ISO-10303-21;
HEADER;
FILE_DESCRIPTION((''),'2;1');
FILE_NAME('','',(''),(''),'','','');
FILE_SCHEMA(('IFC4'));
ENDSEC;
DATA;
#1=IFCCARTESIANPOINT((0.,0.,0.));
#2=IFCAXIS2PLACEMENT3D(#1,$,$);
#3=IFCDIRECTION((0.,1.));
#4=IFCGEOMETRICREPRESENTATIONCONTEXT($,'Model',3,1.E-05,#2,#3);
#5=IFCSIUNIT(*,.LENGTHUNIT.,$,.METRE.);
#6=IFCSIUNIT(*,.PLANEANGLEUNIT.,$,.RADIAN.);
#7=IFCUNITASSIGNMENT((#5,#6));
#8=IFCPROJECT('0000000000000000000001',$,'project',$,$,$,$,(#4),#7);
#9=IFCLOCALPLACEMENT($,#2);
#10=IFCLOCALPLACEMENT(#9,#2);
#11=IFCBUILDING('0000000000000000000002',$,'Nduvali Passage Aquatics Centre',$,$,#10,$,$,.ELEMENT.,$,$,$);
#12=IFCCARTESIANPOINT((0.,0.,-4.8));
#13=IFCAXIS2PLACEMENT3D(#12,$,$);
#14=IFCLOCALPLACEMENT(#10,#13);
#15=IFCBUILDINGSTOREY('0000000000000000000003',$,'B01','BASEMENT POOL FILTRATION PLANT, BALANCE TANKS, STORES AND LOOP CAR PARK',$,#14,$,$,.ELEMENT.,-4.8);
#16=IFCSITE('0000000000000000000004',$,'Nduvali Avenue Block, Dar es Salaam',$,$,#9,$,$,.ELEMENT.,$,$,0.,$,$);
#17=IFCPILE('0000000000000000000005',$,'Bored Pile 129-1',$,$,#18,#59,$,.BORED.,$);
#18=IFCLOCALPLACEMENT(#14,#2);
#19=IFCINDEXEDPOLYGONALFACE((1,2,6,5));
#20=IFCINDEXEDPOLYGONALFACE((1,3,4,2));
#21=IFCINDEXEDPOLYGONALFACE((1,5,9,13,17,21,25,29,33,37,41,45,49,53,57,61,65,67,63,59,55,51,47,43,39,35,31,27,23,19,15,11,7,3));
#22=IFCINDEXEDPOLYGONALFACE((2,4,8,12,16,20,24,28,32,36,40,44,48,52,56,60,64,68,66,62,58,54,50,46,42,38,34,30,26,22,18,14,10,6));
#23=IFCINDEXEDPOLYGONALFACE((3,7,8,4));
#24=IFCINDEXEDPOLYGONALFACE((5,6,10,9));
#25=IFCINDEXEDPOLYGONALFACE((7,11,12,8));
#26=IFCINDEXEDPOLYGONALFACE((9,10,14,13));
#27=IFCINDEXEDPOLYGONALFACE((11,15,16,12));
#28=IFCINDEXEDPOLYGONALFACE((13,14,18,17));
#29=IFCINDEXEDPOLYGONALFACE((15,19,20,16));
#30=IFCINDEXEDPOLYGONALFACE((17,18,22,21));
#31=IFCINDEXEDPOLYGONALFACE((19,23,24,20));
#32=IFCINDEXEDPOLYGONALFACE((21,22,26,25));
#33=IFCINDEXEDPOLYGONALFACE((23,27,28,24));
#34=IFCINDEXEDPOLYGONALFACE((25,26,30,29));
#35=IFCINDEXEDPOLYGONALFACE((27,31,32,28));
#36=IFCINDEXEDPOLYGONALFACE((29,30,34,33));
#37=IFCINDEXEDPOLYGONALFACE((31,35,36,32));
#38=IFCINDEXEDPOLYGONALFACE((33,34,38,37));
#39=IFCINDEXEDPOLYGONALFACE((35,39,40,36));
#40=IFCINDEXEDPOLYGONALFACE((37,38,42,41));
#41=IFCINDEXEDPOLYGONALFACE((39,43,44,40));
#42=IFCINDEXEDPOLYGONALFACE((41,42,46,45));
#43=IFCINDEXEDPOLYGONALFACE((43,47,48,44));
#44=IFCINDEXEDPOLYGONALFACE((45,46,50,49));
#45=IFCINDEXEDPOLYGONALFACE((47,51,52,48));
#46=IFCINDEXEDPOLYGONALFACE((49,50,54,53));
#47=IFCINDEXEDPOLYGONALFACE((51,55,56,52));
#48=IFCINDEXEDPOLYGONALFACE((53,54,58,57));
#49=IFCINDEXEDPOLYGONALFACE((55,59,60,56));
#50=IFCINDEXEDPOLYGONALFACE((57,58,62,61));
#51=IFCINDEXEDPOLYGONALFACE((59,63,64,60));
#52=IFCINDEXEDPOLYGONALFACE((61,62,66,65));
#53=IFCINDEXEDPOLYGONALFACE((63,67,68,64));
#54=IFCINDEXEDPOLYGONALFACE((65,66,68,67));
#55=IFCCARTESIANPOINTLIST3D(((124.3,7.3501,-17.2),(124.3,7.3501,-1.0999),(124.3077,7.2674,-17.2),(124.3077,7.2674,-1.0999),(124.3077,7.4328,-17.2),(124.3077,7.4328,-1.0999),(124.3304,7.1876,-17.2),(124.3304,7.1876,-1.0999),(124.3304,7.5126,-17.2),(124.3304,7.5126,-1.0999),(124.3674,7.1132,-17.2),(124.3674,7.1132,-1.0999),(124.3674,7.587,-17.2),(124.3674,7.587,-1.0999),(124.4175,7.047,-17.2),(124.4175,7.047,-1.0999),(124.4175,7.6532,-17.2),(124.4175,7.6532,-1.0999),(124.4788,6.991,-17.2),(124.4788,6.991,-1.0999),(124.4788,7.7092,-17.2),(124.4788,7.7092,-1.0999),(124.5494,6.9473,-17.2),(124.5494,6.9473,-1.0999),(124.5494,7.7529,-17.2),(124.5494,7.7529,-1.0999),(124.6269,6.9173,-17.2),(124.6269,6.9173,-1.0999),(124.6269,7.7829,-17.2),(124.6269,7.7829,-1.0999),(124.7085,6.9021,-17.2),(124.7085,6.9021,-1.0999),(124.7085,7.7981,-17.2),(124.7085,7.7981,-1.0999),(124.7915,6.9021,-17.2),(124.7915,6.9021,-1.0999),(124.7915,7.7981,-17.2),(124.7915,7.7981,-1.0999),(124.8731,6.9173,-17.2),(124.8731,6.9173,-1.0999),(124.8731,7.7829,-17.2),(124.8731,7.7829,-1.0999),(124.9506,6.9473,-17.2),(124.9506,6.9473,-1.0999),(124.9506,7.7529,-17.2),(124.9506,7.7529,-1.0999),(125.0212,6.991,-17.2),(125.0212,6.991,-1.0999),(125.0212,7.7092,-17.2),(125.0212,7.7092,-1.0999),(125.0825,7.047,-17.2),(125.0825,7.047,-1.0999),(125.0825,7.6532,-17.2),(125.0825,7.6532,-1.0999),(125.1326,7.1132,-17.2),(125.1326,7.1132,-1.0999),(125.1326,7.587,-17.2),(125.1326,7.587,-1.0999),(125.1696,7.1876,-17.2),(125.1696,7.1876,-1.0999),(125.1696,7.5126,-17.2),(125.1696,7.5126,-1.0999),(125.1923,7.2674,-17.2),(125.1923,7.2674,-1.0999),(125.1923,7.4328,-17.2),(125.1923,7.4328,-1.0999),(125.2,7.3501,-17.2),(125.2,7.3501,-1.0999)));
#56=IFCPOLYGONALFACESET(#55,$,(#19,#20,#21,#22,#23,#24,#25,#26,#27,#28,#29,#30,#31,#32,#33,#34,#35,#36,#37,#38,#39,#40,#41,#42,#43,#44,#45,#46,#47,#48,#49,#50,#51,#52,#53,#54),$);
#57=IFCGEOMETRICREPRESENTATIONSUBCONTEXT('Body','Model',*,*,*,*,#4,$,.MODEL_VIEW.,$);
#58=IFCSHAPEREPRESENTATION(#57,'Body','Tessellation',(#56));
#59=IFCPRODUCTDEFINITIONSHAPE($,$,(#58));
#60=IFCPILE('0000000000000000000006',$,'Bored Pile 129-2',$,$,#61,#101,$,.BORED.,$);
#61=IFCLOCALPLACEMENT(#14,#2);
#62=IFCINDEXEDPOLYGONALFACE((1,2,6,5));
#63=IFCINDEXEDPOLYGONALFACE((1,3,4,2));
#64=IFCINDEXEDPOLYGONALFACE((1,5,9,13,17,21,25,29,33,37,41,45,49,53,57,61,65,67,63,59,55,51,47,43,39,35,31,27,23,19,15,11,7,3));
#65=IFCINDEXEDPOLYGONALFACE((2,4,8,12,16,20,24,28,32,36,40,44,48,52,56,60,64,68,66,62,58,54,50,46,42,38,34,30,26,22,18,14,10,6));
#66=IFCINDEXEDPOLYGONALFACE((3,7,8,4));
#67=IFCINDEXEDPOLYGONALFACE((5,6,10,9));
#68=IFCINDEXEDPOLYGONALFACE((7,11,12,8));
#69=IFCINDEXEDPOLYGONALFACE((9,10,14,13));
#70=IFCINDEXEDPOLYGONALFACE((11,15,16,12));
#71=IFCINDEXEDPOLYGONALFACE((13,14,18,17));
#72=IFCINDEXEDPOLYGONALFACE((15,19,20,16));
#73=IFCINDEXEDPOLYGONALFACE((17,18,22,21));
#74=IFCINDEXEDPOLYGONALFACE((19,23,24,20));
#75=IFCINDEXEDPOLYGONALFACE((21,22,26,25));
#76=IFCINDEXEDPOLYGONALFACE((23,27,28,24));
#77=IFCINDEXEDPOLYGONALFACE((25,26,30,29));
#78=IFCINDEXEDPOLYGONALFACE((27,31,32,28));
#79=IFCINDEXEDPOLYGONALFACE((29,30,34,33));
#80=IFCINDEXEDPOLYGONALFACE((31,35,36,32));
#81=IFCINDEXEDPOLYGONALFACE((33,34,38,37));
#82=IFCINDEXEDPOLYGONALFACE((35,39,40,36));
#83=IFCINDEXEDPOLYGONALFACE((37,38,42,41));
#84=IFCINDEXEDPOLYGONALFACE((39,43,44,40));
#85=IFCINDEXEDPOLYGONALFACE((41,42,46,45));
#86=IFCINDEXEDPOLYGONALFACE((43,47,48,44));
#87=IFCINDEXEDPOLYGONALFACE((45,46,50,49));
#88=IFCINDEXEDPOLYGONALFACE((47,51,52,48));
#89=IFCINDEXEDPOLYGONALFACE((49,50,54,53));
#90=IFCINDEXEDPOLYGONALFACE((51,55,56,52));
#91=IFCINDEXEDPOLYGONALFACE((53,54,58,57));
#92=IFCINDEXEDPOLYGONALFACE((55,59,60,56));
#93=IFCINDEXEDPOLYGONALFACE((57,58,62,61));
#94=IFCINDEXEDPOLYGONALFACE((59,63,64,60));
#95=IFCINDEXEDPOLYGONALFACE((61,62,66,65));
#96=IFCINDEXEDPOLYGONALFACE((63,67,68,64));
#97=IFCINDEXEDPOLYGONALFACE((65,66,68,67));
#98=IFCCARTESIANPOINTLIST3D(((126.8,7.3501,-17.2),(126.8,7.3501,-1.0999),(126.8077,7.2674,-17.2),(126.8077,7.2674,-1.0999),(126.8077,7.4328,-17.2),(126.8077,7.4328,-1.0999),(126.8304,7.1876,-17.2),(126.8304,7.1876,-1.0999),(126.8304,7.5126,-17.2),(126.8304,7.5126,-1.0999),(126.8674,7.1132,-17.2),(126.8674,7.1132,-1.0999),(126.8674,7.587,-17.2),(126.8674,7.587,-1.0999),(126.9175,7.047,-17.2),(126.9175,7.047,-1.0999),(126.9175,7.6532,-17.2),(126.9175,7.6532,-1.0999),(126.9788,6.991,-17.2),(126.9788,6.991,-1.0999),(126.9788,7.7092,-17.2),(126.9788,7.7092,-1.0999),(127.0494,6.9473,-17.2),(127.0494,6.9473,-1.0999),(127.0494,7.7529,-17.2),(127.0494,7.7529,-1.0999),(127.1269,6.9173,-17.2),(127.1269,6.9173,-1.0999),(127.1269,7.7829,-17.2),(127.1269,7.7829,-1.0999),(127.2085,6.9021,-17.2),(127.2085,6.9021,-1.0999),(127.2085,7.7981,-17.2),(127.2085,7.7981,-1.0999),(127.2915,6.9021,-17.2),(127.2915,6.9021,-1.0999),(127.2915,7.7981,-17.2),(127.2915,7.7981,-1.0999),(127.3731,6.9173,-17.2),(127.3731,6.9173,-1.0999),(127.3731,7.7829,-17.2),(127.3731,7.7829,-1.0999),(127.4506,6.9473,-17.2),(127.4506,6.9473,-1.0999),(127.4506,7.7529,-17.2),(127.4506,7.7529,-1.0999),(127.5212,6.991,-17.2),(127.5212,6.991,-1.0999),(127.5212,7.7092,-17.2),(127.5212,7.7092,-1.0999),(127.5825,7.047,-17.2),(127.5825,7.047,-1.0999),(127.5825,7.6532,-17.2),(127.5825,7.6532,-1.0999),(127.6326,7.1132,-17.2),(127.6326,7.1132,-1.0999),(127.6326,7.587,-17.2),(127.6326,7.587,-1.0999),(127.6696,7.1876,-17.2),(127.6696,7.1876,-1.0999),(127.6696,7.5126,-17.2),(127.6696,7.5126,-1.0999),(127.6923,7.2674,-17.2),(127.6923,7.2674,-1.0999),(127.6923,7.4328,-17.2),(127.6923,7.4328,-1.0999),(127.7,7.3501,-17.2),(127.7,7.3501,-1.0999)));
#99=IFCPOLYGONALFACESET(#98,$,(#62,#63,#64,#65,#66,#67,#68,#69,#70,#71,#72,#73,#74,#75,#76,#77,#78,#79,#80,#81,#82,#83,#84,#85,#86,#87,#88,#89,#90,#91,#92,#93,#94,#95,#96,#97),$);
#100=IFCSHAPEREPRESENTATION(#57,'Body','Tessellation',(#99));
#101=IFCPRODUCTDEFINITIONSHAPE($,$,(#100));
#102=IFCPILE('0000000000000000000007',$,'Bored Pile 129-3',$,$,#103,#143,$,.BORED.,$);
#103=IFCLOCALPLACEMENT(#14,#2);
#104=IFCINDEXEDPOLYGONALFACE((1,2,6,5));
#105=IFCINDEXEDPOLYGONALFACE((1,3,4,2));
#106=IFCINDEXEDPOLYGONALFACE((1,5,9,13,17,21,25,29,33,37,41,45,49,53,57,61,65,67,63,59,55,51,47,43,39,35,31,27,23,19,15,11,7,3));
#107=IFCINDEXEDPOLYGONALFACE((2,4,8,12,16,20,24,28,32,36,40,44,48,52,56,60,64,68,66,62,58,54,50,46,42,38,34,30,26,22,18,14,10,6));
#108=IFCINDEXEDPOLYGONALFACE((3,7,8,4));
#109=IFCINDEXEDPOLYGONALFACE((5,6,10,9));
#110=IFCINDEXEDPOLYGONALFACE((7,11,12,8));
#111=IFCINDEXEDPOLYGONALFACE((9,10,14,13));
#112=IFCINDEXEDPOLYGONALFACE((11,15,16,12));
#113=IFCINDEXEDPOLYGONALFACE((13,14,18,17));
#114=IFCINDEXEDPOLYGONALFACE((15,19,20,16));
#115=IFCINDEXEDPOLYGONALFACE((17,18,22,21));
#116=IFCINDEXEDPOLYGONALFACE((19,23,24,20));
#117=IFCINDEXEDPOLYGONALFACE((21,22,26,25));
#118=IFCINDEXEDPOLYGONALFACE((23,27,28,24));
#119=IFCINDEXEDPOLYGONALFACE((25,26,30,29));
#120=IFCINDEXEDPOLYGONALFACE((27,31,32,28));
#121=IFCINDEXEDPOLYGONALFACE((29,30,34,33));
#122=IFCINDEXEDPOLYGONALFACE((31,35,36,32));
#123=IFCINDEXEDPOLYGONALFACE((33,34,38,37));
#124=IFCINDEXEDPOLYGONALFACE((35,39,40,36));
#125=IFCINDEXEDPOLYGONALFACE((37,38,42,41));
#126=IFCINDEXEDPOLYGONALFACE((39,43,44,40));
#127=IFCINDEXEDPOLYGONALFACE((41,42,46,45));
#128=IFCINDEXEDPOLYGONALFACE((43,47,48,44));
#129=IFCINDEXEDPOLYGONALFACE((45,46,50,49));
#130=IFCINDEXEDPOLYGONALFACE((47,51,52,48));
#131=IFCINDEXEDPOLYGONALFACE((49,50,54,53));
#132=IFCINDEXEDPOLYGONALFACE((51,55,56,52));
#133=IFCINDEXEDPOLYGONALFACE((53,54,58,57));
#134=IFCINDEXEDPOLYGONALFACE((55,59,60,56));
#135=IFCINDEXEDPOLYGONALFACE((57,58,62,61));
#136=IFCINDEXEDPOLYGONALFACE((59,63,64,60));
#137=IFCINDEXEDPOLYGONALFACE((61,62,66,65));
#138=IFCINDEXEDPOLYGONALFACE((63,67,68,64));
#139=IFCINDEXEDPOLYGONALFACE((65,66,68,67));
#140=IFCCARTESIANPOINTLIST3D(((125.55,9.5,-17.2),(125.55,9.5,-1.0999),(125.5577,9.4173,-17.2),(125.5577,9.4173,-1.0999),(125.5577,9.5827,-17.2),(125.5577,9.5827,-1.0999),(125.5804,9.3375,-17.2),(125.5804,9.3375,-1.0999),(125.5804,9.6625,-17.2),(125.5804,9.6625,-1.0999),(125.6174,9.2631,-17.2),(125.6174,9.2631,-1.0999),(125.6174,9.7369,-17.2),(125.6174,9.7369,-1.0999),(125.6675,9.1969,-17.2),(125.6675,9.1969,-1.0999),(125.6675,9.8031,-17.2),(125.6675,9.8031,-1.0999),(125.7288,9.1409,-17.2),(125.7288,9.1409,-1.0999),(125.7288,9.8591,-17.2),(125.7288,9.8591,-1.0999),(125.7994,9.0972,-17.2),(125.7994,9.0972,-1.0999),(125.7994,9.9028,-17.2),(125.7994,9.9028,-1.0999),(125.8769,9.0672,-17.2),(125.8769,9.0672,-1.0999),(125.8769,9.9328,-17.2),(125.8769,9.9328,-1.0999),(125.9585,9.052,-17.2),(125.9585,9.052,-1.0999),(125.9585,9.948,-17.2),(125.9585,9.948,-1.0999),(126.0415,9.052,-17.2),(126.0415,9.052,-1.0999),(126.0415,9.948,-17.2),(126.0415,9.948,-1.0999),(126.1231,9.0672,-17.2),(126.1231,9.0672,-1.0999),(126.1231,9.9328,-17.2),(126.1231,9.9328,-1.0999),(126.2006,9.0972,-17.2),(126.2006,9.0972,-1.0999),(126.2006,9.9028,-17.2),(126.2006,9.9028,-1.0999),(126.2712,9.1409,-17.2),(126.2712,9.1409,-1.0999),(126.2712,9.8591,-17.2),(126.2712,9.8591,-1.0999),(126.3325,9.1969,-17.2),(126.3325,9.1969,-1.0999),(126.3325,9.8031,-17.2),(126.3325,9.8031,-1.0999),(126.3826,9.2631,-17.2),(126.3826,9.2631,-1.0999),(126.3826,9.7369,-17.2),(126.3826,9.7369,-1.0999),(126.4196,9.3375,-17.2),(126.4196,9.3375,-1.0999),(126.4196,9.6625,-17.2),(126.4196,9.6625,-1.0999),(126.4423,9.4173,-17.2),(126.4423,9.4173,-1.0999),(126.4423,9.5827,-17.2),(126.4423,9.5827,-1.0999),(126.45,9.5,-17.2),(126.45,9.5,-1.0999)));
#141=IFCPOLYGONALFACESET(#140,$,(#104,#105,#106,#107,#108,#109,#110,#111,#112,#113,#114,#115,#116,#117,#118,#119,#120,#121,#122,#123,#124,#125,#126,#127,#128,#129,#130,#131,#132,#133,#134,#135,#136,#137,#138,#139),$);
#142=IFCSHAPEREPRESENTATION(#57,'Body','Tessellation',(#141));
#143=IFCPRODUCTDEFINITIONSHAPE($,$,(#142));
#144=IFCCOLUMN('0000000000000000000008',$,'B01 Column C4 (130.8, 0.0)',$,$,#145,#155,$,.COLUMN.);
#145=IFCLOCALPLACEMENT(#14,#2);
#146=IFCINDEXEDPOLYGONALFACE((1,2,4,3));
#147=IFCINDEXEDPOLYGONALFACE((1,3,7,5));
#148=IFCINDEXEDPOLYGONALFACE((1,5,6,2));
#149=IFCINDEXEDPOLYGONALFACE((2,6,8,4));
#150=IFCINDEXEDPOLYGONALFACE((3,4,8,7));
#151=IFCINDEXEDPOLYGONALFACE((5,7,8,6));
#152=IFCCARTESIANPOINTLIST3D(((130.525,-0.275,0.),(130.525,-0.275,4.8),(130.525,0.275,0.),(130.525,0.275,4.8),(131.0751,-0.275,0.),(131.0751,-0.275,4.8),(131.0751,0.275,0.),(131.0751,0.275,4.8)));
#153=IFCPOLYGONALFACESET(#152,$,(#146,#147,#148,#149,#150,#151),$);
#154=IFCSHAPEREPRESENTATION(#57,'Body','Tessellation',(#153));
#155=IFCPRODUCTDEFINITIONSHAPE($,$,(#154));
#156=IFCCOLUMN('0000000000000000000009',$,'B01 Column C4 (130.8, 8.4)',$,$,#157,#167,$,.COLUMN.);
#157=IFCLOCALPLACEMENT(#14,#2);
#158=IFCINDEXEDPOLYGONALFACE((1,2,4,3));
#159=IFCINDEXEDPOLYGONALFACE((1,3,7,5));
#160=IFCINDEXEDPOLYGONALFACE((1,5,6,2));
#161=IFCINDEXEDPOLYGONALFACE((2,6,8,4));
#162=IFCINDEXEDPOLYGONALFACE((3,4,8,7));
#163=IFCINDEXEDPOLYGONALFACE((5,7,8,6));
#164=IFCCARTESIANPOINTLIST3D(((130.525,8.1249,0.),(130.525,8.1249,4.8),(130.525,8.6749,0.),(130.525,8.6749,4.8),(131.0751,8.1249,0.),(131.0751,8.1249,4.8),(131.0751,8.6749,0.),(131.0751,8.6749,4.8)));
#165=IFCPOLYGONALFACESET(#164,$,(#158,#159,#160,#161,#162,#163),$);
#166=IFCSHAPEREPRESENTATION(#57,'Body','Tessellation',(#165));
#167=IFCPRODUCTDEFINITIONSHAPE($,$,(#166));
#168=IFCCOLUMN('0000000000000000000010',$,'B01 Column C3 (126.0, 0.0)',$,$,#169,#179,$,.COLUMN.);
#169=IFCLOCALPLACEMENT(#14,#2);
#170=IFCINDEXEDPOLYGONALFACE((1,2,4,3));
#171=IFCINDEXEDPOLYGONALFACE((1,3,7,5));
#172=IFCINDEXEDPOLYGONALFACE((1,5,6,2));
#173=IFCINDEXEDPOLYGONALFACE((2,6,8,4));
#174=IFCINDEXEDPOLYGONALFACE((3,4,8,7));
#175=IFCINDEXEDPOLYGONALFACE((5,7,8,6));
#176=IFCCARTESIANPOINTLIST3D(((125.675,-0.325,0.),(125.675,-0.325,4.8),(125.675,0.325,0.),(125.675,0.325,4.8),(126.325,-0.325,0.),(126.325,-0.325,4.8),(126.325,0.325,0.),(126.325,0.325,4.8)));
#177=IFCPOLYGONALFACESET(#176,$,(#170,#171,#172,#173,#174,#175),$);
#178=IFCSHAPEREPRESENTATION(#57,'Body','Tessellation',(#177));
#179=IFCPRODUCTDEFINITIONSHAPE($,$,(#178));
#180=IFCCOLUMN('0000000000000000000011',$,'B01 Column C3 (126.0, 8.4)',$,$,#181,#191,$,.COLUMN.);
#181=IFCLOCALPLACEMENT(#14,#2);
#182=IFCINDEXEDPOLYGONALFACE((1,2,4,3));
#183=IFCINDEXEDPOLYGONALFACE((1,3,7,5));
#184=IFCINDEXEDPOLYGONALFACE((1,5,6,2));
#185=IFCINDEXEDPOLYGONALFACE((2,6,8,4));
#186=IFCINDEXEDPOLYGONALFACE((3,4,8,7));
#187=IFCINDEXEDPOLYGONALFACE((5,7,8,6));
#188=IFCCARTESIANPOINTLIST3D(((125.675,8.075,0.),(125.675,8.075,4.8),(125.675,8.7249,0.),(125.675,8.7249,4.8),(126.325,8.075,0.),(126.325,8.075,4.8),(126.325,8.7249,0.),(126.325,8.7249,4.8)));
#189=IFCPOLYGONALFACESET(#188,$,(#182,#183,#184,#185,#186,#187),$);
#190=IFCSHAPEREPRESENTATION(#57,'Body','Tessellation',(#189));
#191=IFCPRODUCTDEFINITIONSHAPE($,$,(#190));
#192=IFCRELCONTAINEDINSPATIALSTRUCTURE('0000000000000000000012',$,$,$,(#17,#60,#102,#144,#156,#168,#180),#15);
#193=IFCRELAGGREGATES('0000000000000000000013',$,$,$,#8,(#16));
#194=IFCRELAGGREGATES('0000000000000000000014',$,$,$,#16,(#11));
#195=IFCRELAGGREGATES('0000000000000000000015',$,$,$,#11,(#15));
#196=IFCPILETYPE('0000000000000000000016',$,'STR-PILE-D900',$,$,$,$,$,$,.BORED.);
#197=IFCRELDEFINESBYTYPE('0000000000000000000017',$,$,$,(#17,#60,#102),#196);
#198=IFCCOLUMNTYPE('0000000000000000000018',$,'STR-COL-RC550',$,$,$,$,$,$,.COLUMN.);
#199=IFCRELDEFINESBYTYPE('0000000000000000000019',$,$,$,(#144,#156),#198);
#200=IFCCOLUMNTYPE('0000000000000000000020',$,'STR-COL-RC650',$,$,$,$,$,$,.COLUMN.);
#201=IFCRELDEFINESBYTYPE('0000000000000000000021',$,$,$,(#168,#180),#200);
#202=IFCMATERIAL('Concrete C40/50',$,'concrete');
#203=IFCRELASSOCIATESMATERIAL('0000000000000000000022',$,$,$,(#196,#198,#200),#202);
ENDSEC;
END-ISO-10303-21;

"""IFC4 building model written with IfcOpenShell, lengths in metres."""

from ifc_helpers import new_model, si_unit, direction, frame, origin, origin_2d, place, context, subcontext, project, spatial, rectangle, circle, extrude, material, material_profile, profile_set, type_object, element, save


model = new_model("IFC4")

# Units and contexts
model_context = context("Model", 3, precision=1e-05, world=origin(), true_north=direction((0.0, 1.0)))
body_context = subcontext(model_context, "Body", "Model", "MODEL_VIEW")
ifc_project = project(units=[si_unit("LENGTHUNIT", "METRE"), si_unit("PLANEANGLEUNIT", "RADIAN")], contexts=[model_context])

# Site, building, storey
site_placement = place(None, origin())
site = spatial("IfcSite", under=ifc_project, at=site_placement, Name="Nduvali Avenue Block, Dar es Salaam", CompositionType="ELEMENT", RefElevation=0.0)
building_placement = place(site_placement, origin())
building = spatial("IfcBuilding", under=site, at=building_placement, Name="Nduvali Passage Aquatics Centre", CompositionType="ELEMENT")
storey_placement = place(building_placement, frame((0.0, 0.0, -4.8)))
storey = spatial("IfcBuildingStorey", under=building, at=storey_placement, Name="B01", Description="BASEMENT POOL FILTRATION PLANT, BALANCE TANKS, STORES AND LOOP CAR PARK", CompositionType="ELEMENT", Elevation=-4.8)

# Shared definitions
ifc_material = material(Name="Concrete C40/50", Category="concrete")

# Piles
ifc_material_profile_1 = material_profile(ifc_material, circle(Radius=0.45, at=origin_2d()), Name="PILE D900")
ifc_profile_set_1 = profile_set([ifc_material_profile_1], Name="Concrete C40/50")
pile_type = type_object("IfcPileType", Name="STR-PILE-D900", PredefinedType="BORED", material=ifc_profile_set_1)
for number, where, z_axis, x_axis, name in (
    (1, (124.75, 7.3501, -1.0999), (0.0, 0.0, -1.0), (1.0, 0.0, 0.0), "Bored Pile 129-1"),
    (2, (127.25, 7.3501, -1.0999), (0.0, 0.0, -1.0), (1.0, 0.0, 0.0), "Bored Pile 129-2"),
    (3, (126.0, 9.5, -1.0999), (0.0, 0.0, -1.0), (1.0, 0.0, 0.0), "Bored Pile 129-3"),
):
    element("IfcPile", number, at=place(storey_placement, frame(where, z_axis=z_axis, x_axis=x_axis)), inside=storey, type_object=pile_type, Name=name, PredefinedType="BORED", context=body_context, shape_type="SweptSolid", body=[
        extrude(circle(Radius=0.45, at=origin_2d()), origin(), (0.0, 0.0, 1.0), 16.1001),
    ])

# Columns
ifc_material_profile_2 = material_profile(ifc_material, rectangle(XDim=0.55, YDim=0.55, at=origin_2d()), Name="RC 550x550")
ifc_profile_set_2 = profile_set([ifc_material_profile_2], Name="Concrete C40/50")
column_type_1 = type_object("IfcColumnType", Name="STR-COL-RC550", PredefinedType="COLUMN", material=ifc_profile_set_2)
for number, where, z_axis, x_axis, name in (
    (4, (130.8, 0.0, 0.0), (0.0, 0.0, 1.0), (1.0, 0.0, 0.0), "B01 Column C4 (130.8, 0.0)"),
    (5, (130.8, 8.3999, 0.0), (0.0, 0.0, 1.0), (1.0, 0.0, 0.0), "B01 Column C4 (130.8, 8.4)"),
):
    element("IfcColumn", number, at=place(storey_placement, frame(where, z_axis=z_axis, x_axis=x_axis)), inside=storey, type_object=column_type_1, Name=name, PredefinedType="COLUMN", context=body_context, shape_type="SweptSolid", body=[
        extrude(rectangle(XDim=0.55, YDim=0.55, at=origin_2d()), origin(), (0.0, 0.0, 1.0), 4.8),
    ])
ifc_material_profile_3 = material_profile(ifc_material, rectangle(XDim=0.6499, YDim=0.6499, at=origin_2d()), Name="RC 650x650")
ifc_profile_set_3 = profile_set([ifc_material_profile_3], Name="Concrete C40/50")
column_type_2 = type_object("IfcColumnType", Name="STR-COL-RC650", PredefinedType="COLUMN", material=ifc_profile_set_3)
for number, where, z_axis, x_axis, name in (
    (6, (126.0, 0.0, 0.0), (0.0, 0.0, 1.0), (1.0, 0.0, 0.0), "B01 Column C3 (126.0, 0.0)"),
    (7, (126.0, 8.3999, 0.0), (0.0, 0.0, 1.0), (1.0, 0.0, 0.0), "B01 Column C3 (126.0, 8.4)"),
):
    element("IfcColumn", number, at=place(storey_placement, frame(where, z_axis=z_axis, x_axis=x_axis)), inside=storey, type_object=column_type_2, Name=name, PredefinedType="COLUMN", context=body_context, shape_type="SweptSolid", body=[
        extrude(rectangle(XDim=0.6499, YDim=0.6499, at=origin_2d()), origin(), (0.0, 0.0, 1.0), 4.8),
    ])

save(model, "model.ifc")
